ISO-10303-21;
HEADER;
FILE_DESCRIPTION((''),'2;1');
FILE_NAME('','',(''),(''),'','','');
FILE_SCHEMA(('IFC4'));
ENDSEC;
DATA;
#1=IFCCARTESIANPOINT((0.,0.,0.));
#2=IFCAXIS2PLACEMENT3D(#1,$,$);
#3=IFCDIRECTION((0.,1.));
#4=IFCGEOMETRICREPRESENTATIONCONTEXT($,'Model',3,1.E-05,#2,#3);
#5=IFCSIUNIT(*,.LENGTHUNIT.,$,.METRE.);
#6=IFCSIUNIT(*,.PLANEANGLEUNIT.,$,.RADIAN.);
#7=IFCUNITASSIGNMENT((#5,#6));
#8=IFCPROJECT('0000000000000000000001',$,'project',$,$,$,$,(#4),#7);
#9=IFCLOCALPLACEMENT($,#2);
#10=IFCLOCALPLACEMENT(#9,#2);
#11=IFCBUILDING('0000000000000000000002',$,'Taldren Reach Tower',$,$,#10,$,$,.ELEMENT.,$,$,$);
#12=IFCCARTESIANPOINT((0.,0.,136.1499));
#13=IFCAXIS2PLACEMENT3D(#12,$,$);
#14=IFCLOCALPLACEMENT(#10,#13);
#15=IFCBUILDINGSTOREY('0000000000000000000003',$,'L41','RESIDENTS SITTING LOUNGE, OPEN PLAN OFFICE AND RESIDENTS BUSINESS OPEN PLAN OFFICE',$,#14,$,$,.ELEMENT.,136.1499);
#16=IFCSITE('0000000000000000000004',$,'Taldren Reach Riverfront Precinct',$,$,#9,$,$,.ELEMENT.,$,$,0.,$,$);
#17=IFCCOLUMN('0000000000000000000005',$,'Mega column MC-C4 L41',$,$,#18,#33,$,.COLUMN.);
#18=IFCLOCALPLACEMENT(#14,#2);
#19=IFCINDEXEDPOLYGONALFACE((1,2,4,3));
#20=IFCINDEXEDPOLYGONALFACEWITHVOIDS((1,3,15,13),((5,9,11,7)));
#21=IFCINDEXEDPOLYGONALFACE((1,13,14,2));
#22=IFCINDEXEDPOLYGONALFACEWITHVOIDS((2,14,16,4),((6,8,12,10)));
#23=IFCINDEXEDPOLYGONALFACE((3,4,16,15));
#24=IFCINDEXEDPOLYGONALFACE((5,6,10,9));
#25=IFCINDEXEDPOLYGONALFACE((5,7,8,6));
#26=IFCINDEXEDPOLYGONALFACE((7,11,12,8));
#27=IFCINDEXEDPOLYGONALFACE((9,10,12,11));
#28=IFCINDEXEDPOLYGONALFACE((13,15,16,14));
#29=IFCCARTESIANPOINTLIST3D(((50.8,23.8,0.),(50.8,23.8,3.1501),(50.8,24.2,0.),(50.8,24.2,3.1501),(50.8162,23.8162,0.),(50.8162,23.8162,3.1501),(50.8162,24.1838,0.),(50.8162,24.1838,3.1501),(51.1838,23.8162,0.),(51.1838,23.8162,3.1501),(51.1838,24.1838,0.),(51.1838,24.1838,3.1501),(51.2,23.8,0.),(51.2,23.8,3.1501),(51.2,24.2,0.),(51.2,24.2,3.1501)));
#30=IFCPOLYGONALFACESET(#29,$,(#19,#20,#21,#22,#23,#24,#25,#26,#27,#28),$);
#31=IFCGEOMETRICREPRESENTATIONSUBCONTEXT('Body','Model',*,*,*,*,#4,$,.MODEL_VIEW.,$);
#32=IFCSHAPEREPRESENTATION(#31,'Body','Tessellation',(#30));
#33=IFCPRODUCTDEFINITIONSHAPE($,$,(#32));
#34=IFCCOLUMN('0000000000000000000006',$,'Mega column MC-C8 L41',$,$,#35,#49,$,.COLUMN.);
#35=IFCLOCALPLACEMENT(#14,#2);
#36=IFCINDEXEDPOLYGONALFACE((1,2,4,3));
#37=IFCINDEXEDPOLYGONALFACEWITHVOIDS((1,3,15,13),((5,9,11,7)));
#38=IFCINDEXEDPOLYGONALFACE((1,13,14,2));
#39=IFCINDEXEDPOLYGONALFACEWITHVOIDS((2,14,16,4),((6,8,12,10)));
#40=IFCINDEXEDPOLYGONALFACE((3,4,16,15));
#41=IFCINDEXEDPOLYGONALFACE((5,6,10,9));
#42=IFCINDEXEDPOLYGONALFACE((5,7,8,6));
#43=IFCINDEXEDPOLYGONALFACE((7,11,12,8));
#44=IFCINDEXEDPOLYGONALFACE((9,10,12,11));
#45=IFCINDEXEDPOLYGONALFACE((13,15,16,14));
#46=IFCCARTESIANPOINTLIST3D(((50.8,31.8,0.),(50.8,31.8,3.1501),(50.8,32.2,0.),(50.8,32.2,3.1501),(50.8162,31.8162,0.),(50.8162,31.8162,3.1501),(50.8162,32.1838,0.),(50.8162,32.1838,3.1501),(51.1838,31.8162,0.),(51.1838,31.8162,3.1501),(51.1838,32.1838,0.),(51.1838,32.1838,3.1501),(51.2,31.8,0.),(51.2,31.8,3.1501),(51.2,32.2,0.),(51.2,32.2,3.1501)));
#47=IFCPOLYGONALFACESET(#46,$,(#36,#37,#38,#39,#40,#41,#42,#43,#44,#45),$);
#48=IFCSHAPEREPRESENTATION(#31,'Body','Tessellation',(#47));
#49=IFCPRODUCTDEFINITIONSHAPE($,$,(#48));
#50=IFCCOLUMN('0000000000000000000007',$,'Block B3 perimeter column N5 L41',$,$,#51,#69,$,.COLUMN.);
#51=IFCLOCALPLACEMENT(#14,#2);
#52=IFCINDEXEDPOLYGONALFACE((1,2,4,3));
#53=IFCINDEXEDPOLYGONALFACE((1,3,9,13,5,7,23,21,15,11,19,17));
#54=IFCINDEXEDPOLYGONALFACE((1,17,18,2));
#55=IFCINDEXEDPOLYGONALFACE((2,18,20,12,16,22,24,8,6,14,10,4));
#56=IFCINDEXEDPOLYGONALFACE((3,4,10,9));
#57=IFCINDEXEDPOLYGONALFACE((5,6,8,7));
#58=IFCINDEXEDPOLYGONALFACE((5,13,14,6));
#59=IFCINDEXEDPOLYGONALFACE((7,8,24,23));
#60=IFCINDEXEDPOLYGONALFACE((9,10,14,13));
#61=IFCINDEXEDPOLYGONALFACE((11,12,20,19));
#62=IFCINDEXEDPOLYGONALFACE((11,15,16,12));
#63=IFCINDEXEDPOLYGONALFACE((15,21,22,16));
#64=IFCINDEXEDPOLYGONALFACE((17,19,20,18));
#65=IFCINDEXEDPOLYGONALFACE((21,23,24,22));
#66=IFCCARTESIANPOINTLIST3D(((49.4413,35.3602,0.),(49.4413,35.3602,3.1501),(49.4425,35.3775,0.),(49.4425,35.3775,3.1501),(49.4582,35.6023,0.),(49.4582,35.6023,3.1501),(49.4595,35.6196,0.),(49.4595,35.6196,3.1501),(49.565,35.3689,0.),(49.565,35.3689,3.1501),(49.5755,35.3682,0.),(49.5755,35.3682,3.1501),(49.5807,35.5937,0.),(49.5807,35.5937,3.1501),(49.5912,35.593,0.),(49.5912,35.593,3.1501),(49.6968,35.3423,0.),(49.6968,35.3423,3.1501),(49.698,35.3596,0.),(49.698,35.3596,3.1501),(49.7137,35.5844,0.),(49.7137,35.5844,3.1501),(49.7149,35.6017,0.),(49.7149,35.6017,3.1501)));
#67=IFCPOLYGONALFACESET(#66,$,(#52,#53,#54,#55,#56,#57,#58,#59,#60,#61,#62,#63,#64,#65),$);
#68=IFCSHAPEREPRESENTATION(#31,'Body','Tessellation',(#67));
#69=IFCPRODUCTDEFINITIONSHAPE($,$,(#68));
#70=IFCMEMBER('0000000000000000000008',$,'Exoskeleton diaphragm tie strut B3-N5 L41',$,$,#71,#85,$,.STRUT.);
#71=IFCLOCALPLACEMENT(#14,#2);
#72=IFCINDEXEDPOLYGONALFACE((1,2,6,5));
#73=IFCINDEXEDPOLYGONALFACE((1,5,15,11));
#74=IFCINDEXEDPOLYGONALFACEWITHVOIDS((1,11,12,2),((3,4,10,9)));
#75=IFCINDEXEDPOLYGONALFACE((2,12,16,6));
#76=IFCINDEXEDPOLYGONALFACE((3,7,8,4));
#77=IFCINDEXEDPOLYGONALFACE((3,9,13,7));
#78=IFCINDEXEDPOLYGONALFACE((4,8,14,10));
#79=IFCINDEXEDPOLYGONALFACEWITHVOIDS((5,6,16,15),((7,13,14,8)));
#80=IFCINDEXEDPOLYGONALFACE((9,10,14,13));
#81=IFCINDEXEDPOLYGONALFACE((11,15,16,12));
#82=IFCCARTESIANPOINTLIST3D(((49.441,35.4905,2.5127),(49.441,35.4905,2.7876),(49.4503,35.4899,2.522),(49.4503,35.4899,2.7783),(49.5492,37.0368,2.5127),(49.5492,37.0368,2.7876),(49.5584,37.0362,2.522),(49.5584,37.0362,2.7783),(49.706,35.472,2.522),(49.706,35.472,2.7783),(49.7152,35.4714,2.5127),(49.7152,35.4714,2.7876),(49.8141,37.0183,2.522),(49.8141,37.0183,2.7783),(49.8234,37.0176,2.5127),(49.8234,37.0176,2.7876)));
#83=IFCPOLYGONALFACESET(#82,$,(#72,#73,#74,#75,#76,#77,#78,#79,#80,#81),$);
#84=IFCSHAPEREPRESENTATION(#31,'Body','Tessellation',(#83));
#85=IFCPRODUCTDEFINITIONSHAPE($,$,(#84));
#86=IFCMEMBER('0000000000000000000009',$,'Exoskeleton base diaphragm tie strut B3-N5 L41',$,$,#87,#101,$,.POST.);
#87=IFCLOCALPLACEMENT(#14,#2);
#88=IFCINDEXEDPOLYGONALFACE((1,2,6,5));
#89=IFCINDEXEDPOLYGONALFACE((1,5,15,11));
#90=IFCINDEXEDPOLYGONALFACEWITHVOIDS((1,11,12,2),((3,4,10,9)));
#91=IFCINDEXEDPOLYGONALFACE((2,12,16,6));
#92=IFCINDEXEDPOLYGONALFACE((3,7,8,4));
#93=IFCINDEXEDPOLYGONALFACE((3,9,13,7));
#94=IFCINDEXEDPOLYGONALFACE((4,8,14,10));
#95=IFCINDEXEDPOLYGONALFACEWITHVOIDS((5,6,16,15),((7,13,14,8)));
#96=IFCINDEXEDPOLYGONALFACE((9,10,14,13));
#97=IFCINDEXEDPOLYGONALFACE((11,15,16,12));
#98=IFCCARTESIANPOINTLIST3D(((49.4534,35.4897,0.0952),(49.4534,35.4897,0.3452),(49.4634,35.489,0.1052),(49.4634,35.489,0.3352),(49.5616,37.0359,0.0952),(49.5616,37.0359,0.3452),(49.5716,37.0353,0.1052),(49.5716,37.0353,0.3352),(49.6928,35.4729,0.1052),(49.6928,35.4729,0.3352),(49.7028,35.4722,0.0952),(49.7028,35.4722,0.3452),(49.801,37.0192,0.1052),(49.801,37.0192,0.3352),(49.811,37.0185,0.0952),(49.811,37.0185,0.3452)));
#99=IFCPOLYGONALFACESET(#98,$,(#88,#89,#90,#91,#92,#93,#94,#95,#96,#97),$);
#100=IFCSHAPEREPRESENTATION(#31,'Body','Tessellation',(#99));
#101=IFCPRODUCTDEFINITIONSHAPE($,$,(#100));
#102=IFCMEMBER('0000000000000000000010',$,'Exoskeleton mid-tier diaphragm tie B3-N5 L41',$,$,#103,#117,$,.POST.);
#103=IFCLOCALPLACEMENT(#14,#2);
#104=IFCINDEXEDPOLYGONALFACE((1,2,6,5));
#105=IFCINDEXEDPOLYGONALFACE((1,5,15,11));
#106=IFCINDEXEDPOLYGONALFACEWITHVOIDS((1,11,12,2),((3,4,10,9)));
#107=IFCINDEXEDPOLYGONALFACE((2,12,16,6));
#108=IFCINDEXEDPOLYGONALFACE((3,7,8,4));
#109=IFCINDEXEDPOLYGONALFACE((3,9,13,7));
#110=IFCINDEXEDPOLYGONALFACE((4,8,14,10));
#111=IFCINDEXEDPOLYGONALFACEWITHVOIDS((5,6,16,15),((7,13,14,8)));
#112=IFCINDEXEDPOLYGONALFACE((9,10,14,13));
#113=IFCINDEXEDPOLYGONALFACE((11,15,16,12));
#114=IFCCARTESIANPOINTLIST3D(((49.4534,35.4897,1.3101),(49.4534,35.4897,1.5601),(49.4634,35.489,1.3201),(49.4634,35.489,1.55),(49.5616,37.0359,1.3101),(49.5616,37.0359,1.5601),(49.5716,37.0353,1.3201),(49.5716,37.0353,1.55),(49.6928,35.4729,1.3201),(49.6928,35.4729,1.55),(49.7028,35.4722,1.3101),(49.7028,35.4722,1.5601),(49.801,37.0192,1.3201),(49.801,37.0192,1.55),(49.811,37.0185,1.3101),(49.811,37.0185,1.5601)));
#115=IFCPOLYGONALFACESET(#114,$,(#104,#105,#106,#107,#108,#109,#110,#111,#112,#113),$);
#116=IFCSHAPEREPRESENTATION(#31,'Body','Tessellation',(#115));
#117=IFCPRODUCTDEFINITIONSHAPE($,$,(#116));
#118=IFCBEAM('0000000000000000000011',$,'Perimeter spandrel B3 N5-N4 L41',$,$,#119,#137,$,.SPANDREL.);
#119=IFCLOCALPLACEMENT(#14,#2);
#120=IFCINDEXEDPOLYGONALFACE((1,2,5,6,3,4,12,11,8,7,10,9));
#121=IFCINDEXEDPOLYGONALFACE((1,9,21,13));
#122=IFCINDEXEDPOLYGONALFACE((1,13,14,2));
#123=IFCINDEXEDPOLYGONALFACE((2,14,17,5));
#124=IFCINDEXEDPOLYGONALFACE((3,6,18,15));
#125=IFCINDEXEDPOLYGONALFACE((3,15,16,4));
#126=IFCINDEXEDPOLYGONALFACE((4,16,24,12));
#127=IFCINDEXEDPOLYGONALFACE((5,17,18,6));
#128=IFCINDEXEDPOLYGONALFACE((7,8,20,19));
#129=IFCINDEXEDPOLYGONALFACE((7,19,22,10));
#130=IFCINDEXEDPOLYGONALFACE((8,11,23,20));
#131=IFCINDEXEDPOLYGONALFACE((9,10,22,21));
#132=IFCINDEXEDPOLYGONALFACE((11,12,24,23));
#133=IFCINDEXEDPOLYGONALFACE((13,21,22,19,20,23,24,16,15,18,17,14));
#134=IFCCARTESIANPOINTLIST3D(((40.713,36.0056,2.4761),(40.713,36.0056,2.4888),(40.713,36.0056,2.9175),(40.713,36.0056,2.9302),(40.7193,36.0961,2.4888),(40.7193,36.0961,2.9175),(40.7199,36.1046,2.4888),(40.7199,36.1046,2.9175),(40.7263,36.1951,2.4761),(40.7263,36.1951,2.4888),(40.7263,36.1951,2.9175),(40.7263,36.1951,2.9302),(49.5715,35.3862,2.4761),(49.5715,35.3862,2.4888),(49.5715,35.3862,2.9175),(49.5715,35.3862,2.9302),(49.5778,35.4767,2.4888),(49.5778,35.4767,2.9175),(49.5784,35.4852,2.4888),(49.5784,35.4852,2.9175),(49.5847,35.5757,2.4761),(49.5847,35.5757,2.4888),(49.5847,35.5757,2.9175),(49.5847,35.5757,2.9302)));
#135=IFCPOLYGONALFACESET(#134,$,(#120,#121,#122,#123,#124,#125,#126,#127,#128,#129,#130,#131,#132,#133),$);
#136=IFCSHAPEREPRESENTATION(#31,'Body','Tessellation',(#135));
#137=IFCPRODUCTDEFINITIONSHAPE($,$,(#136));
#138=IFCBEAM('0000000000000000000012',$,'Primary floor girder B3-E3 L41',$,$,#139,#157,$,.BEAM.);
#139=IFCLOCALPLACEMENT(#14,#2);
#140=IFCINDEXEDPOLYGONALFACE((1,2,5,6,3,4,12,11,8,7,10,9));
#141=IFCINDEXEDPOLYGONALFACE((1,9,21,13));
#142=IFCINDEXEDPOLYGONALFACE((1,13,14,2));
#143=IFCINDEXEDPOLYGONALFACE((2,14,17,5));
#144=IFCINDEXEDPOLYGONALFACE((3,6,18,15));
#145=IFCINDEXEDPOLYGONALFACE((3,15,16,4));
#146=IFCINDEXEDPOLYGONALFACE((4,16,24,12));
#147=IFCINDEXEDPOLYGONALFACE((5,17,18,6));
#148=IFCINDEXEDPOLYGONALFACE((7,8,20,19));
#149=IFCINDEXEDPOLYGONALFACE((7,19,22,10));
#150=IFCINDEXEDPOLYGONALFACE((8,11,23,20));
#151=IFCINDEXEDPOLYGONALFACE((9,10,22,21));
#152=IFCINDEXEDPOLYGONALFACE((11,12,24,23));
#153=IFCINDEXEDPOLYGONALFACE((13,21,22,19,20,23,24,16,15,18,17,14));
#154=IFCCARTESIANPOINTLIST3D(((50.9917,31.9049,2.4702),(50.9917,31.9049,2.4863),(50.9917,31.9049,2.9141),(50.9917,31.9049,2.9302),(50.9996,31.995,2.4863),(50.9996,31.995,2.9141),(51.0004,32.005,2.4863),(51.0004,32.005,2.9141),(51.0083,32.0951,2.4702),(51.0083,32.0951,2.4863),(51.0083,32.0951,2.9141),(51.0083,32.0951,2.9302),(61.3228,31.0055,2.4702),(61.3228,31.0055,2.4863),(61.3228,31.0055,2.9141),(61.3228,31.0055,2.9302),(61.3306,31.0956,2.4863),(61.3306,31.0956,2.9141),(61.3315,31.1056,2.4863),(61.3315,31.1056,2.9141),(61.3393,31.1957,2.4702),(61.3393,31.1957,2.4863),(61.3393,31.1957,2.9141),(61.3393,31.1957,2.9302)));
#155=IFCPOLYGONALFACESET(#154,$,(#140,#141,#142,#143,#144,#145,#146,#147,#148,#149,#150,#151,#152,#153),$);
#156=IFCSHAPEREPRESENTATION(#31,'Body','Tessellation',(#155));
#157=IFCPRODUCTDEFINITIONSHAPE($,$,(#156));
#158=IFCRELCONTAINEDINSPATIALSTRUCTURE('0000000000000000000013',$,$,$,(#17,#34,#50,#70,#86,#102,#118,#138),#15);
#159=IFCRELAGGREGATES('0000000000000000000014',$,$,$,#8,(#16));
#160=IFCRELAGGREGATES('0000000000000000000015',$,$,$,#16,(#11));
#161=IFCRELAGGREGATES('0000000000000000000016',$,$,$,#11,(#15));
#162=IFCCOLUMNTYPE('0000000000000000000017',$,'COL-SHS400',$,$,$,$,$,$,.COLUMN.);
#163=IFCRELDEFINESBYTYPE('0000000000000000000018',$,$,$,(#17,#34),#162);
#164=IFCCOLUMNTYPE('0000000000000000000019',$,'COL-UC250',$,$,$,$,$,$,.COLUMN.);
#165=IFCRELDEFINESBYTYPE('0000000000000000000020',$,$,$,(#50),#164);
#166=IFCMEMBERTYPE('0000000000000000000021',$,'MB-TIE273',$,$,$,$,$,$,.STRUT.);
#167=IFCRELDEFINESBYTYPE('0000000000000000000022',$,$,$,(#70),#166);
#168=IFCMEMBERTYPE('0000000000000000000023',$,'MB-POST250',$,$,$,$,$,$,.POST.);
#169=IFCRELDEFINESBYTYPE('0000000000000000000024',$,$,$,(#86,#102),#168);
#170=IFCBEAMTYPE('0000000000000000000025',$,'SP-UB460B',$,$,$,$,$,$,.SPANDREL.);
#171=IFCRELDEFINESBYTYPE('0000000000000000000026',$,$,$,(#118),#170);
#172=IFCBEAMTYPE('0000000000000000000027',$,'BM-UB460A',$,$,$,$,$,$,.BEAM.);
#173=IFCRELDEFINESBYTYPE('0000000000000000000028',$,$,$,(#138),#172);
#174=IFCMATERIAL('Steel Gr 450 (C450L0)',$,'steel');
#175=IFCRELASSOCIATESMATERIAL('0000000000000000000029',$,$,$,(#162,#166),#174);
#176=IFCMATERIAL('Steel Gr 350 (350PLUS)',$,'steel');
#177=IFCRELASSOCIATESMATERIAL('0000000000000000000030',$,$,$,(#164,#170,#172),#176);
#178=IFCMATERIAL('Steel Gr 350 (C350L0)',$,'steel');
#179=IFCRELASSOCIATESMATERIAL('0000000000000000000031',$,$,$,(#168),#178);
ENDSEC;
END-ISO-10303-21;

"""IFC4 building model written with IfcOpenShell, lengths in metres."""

from ifc_helpers import new_model, si_unit, direction, frame, origin, origin_2d, place, context, subcontext, project, spatial, hollow_rectangle, i_section, extrude, source, transform, mapped, material, material_profile, profile_set, type_object, element, save


model = new_model("IFC4")

# Units and contexts
model_context = context("Model", 3, precision=1e-05, world=origin(), true_north=direction((0.0, 1.0)))
body_context = subcontext(model_context, "Body", "Model", "MODEL_VIEW")
ifc_project = project(units=[si_unit("LENGTHUNIT", "METRE"), si_unit("PLANEANGLEUNIT", "RADIAN")], contexts=[model_context])

# Site, building, storey
site_placement = place(None, origin())
site = spatial("IfcSite", under=ifc_project, at=site_placement, Name="Taldren Reach Riverfront Precinct", CompositionType="ELEMENT", RefElevation=0.0)
building_placement = place(site_placement, origin())
building = spatial("IfcBuilding", under=site, at=building_placement, Name="Taldren Reach Tower", CompositionType="ELEMENT")
storey_placement = place(building_placement, frame((0.0, 0.0, 136.1499)))
storey = spatial("IfcBuildingStorey", under=building, at=storey_placement, Name="L41", Description="RESIDENTS SITTING LOUNGE, OPEN PLAN OFFICE AND RESIDENTS BUSINESS OPEN PLAN OFFICE", CompositionType="ELEMENT", Elevation=136.1499)

# Columns
ifc_material_1 = material(Name="Steel Gr 450 (C450L0)", Category="steel")
ifc_material_profile_1 = material_profile(ifc_material_1, hollow_rectangle(XDim=0.3999, YDim=0.3999, WallThickness=0.0161, at=origin_2d()), Name="400x400x16.0SHS")
ifc_profile_set_1 = profile_set([ifc_material_profile_1], Name="Steel Gr 450 (C450L0)")
column_type_1 = type_object("IfcColumnType", Name="COL-SHS400", PredefinedType="COLUMN", material=ifc_profile_set_1)
shared_shape_1 = source(origin(), body_context, "Body", "SweptSolid", [
    extrude(hollow_rectangle(XDim=0.3999, YDim=0.3999, WallThickness=0.0161, at=origin_2d()), origin(), (0.0, 0.0, 1.0), 3.1501),
])
for number, where, z_axis, x_axis, name in (
    (1, (51.0, 24.0, 0.0), (0.0, 0.0, 1.0), (1.0, 0.0, 0.0), "Mega column MC-C4 L41"),
    (2, (51.0, 32.0, 0.0), (0.0, 0.0, 1.0), (1.0, 0.0, 0.0), "Mega column MC-C8 L41"),
):
    element("IfcColumn", number, at=place(storey_placement, frame(where, z_axis=z_axis, x_axis=x_axis)), inside=storey, type_object=column_type_1, Name=name, PredefinedType="COLUMN", context=body_context, shape_type="MappedRepresentation", body=[
        mapped(shared_shape_1, transform((0.0, 0.0, 0.0), scale=1.0)),
    ])
ifc_material_2 = material(Name="Steel Gr 350 (350PLUS)", Category="steel")
ifc_material_profile_2 = material_profile(ifc_material_2, i_section(OverallWidth=0.2561, OverallDepth=0.26, WebThickness=0.0105, FlangeThickness=0.0173, at=origin_2d()), Name="250UC89.5")
ifc_profile_set_2 = profile_set([ifc_material_profile_2], Name="Steel Gr 350 (350PLUS)")
column_type_2 = type_object("IfcColumnType", Name="COL-UC250", PredefinedType="COLUMN", material=ifc_profile_set_2)
shared_shape_2 = source(origin(), body_context, "Body", "SweptSolid", [
    extrude(i_section(OverallWidth=0.2561, OverallDepth=0.26, WebThickness=0.0105, FlangeThickness=0.0173, at=origin_2d()), origin(), (0.0, 0.0, 1.0), 3.1501),
])
column_placement = place(storey_placement, frame((49.5781, 35.481, 0.0), z_axis=(0.0, 0.0, 1.0), x_axis=(0.997564, -0.069756, 0.0)))
element("IfcColumn", 3, at=column_placement, inside=storey, type_object=column_type_2, Name="Block B3 perimeter column N5 L41", PredefinedType="COLUMN", context=body_context, shape_type="MappedRepresentation", body=[
    mapped(shared_shape_2, transform((0.0, 0.0, 0.0), scale=1.0)),
])

# Members
ifc_material_profile_3 = material_profile(ifc_material_1, hollow_rectangle(XDim=0.2749, YDim=0.2749, WallThickness=0.0093, at=origin_2d()), Name="275x275x9.3SHS")
ifc_profile_set_3 = profile_set([ifc_material_profile_3], Name="Steel Gr 450 (C450L0)")
member_type_1 = type_object("IfcMemberType", Name="MB-TIE273", PredefinedType="STRUT", material=ifc_profile_set_3)
shared_shape_3 = source(origin(), body_context, "Body", "SweptSolid", [
    extrude(hollow_rectangle(XDim=0.2749, YDim=0.2749, WallThickness=0.0093, at=origin_2d()), origin(), (0.0, 0.0, 1.0), 1.55),
])
member_1_placement = place(storey_placement, frame((49.5781, 35.481, 2.6501), z_axis=(0.06977, 0.997563, 0.0), x_axis=(-0.997563, 0.06977, 0.0)))
element("IfcMember", 4, at=member_1_placement, inside=storey, type_object=member_type_1, Name="Exoskeleton diaphragm tie strut B3-N5 L41", PredefinedType="STRUT", context=body_context, shape_type="MappedRepresentation", body=[
    mapped(shared_shape_3, transform((0.0, 0.0, 0.0), scale=1.0)),
])
ifc_material_3 = material(Name="Steel Gr 350 (C350L0)", Category="steel")
ifc_material_profile_4 = material_profile(ifc_material_3, hollow_rectangle(XDim=0.25, YDim=0.25, WallThickness=0.01, at=origin_2d()), Name="250x250x10.0SHS")
ifc_profile_set_4 = profile_set([ifc_material_profile_4], Name="Steel Gr 350 (C350L0)")
member_type_2 = type_object("IfcMemberType", Name="MB-POST250", PredefinedType="POST", material=ifc_profile_set_4)
shared_shape_4 = source(origin(), body_context, "Body", "SweptSolid", [
    extrude(hollow_rectangle(XDim=0.25, YDim=0.25, WallThickness=0.01, at=origin_2d()), origin(), (0.0, 0.0, 1.0), 1.55),
])
for number, where, z_axis, x_axis, name in (
    (5, (49.5781, 35.481, 0.2202), (0.06977, 0.997563, 0.0), (-0.997563, 0.06977, 0.0), "Exoskeleton base diaphragm tie strut B3-N5 L41"),
    (6, (49.5781, 35.481, 1.4351), (0.06977, 0.997563, 0.0), (-0.997563, 0.06977, 0.0), "Exoskeleton mid-tier diaphragm tie B3-N5 L41"),
):
    element("IfcMember", number, at=place(storey_placement, frame(where, z_axis=z_axis, x_axis=x_axis)), inside=storey, type_object=member_type_2, Name=name, PredefinedType="POST", context=body_context, shape_type="MappedRepresentation", body=[
        mapped(shared_shape_4, transform((0.0, 0.0, 0.0), scale=1.0)),
    ])

# Beams
ifc_material_profile_5 = material_profile(ifc_material_2, i_section(OverallWidth=0.1899, OverallDepth=0.4541, WebThickness=0.0085, FlangeThickness=0.0127, at=origin_2d()), Name="460UB67.1")
ifc_profile_set_5 = profile_set([ifc_material_profile_5], Name="Steel Gr 350 (350PLUS)")
beam_type_1 = type_object("IfcBeamType", Name="SP-UB460B", PredefinedType="SPANDREL", material=ifc_profile_set_5)
shared_shape_5 = source(origin(), body_context, "Body", "SweptSolid", [
    extrude(i_section(OverallWidth=0.1899, OverallDepth=0.4541, WebThickness=0.0085, FlangeThickness=0.0127, at=origin_2d()), origin(), (0.0, 0.0, 1.0), 8.8801),
])
beam_1_placement = place(storey_placement, frame((49.5781, 35.481, 2.7031), z_axis=(-0.997564, 0.06975, 0.0), x_axis=(-0.06975, -0.997564, 0.0)))
element("IfcBeam", 7, at=beam_1_placement, inside=storey, type_object=beam_type_1, Name="Perimeter spandrel B3 N5-N4 L41", PredefinedType="SPANDREL", context=body_context, shape_type="MappedRepresentation", body=[
    mapped(shared_shape_5, transform((0.0, 0.0, 0.0), scale=1.0)),
])
ifc_material_profile_6 = material_profile(ifc_material_2, i_section(OverallWidth=0.1909, OverallDepth=0.46, WebThickness=0.01, FlangeThickness=0.0161, at=origin_2d()), Name="460UB82.1")
ifc_profile_set_6 = profile_set([ifc_material_profile_6], Name="Steel Gr 350 (350PLUS)")
beam_type_2 = type_object("IfcBeamType", Name="BM-UB460A", PredefinedType="BEAM", material=ifc_profile_set_6)
shared_shape_6 = source(origin(), body_context, "Body", "SweptSolid", [
    extrude(i_section(OverallWidth=0.1909, OverallDepth=0.46, WebThickness=0.01, FlangeThickness=0.0161, at=origin_2d()), origin(), (0.0, 0.0, 1.0), 10.3701),
])
beam_2_placement = place(storey_placement, frame((51.0, 32.0, 2.7002), z_axis=(0.996232, -0.086731, 0.0), x_axis=(0.086731, 0.996232, 0.0)))
element("IfcBeam", 8, at=beam_2_placement, inside=storey, type_object=beam_type_2, Name="Primary floor girder B3-E3 L41", PredefinedType="BEAM", context=body_context, shape_type="MappedRepresentation", body=[
    mapped(shared_shape_6, transform((0.0, 0.0, 0.0), scale=1.0)),
])

save(model, "model.ifc")
